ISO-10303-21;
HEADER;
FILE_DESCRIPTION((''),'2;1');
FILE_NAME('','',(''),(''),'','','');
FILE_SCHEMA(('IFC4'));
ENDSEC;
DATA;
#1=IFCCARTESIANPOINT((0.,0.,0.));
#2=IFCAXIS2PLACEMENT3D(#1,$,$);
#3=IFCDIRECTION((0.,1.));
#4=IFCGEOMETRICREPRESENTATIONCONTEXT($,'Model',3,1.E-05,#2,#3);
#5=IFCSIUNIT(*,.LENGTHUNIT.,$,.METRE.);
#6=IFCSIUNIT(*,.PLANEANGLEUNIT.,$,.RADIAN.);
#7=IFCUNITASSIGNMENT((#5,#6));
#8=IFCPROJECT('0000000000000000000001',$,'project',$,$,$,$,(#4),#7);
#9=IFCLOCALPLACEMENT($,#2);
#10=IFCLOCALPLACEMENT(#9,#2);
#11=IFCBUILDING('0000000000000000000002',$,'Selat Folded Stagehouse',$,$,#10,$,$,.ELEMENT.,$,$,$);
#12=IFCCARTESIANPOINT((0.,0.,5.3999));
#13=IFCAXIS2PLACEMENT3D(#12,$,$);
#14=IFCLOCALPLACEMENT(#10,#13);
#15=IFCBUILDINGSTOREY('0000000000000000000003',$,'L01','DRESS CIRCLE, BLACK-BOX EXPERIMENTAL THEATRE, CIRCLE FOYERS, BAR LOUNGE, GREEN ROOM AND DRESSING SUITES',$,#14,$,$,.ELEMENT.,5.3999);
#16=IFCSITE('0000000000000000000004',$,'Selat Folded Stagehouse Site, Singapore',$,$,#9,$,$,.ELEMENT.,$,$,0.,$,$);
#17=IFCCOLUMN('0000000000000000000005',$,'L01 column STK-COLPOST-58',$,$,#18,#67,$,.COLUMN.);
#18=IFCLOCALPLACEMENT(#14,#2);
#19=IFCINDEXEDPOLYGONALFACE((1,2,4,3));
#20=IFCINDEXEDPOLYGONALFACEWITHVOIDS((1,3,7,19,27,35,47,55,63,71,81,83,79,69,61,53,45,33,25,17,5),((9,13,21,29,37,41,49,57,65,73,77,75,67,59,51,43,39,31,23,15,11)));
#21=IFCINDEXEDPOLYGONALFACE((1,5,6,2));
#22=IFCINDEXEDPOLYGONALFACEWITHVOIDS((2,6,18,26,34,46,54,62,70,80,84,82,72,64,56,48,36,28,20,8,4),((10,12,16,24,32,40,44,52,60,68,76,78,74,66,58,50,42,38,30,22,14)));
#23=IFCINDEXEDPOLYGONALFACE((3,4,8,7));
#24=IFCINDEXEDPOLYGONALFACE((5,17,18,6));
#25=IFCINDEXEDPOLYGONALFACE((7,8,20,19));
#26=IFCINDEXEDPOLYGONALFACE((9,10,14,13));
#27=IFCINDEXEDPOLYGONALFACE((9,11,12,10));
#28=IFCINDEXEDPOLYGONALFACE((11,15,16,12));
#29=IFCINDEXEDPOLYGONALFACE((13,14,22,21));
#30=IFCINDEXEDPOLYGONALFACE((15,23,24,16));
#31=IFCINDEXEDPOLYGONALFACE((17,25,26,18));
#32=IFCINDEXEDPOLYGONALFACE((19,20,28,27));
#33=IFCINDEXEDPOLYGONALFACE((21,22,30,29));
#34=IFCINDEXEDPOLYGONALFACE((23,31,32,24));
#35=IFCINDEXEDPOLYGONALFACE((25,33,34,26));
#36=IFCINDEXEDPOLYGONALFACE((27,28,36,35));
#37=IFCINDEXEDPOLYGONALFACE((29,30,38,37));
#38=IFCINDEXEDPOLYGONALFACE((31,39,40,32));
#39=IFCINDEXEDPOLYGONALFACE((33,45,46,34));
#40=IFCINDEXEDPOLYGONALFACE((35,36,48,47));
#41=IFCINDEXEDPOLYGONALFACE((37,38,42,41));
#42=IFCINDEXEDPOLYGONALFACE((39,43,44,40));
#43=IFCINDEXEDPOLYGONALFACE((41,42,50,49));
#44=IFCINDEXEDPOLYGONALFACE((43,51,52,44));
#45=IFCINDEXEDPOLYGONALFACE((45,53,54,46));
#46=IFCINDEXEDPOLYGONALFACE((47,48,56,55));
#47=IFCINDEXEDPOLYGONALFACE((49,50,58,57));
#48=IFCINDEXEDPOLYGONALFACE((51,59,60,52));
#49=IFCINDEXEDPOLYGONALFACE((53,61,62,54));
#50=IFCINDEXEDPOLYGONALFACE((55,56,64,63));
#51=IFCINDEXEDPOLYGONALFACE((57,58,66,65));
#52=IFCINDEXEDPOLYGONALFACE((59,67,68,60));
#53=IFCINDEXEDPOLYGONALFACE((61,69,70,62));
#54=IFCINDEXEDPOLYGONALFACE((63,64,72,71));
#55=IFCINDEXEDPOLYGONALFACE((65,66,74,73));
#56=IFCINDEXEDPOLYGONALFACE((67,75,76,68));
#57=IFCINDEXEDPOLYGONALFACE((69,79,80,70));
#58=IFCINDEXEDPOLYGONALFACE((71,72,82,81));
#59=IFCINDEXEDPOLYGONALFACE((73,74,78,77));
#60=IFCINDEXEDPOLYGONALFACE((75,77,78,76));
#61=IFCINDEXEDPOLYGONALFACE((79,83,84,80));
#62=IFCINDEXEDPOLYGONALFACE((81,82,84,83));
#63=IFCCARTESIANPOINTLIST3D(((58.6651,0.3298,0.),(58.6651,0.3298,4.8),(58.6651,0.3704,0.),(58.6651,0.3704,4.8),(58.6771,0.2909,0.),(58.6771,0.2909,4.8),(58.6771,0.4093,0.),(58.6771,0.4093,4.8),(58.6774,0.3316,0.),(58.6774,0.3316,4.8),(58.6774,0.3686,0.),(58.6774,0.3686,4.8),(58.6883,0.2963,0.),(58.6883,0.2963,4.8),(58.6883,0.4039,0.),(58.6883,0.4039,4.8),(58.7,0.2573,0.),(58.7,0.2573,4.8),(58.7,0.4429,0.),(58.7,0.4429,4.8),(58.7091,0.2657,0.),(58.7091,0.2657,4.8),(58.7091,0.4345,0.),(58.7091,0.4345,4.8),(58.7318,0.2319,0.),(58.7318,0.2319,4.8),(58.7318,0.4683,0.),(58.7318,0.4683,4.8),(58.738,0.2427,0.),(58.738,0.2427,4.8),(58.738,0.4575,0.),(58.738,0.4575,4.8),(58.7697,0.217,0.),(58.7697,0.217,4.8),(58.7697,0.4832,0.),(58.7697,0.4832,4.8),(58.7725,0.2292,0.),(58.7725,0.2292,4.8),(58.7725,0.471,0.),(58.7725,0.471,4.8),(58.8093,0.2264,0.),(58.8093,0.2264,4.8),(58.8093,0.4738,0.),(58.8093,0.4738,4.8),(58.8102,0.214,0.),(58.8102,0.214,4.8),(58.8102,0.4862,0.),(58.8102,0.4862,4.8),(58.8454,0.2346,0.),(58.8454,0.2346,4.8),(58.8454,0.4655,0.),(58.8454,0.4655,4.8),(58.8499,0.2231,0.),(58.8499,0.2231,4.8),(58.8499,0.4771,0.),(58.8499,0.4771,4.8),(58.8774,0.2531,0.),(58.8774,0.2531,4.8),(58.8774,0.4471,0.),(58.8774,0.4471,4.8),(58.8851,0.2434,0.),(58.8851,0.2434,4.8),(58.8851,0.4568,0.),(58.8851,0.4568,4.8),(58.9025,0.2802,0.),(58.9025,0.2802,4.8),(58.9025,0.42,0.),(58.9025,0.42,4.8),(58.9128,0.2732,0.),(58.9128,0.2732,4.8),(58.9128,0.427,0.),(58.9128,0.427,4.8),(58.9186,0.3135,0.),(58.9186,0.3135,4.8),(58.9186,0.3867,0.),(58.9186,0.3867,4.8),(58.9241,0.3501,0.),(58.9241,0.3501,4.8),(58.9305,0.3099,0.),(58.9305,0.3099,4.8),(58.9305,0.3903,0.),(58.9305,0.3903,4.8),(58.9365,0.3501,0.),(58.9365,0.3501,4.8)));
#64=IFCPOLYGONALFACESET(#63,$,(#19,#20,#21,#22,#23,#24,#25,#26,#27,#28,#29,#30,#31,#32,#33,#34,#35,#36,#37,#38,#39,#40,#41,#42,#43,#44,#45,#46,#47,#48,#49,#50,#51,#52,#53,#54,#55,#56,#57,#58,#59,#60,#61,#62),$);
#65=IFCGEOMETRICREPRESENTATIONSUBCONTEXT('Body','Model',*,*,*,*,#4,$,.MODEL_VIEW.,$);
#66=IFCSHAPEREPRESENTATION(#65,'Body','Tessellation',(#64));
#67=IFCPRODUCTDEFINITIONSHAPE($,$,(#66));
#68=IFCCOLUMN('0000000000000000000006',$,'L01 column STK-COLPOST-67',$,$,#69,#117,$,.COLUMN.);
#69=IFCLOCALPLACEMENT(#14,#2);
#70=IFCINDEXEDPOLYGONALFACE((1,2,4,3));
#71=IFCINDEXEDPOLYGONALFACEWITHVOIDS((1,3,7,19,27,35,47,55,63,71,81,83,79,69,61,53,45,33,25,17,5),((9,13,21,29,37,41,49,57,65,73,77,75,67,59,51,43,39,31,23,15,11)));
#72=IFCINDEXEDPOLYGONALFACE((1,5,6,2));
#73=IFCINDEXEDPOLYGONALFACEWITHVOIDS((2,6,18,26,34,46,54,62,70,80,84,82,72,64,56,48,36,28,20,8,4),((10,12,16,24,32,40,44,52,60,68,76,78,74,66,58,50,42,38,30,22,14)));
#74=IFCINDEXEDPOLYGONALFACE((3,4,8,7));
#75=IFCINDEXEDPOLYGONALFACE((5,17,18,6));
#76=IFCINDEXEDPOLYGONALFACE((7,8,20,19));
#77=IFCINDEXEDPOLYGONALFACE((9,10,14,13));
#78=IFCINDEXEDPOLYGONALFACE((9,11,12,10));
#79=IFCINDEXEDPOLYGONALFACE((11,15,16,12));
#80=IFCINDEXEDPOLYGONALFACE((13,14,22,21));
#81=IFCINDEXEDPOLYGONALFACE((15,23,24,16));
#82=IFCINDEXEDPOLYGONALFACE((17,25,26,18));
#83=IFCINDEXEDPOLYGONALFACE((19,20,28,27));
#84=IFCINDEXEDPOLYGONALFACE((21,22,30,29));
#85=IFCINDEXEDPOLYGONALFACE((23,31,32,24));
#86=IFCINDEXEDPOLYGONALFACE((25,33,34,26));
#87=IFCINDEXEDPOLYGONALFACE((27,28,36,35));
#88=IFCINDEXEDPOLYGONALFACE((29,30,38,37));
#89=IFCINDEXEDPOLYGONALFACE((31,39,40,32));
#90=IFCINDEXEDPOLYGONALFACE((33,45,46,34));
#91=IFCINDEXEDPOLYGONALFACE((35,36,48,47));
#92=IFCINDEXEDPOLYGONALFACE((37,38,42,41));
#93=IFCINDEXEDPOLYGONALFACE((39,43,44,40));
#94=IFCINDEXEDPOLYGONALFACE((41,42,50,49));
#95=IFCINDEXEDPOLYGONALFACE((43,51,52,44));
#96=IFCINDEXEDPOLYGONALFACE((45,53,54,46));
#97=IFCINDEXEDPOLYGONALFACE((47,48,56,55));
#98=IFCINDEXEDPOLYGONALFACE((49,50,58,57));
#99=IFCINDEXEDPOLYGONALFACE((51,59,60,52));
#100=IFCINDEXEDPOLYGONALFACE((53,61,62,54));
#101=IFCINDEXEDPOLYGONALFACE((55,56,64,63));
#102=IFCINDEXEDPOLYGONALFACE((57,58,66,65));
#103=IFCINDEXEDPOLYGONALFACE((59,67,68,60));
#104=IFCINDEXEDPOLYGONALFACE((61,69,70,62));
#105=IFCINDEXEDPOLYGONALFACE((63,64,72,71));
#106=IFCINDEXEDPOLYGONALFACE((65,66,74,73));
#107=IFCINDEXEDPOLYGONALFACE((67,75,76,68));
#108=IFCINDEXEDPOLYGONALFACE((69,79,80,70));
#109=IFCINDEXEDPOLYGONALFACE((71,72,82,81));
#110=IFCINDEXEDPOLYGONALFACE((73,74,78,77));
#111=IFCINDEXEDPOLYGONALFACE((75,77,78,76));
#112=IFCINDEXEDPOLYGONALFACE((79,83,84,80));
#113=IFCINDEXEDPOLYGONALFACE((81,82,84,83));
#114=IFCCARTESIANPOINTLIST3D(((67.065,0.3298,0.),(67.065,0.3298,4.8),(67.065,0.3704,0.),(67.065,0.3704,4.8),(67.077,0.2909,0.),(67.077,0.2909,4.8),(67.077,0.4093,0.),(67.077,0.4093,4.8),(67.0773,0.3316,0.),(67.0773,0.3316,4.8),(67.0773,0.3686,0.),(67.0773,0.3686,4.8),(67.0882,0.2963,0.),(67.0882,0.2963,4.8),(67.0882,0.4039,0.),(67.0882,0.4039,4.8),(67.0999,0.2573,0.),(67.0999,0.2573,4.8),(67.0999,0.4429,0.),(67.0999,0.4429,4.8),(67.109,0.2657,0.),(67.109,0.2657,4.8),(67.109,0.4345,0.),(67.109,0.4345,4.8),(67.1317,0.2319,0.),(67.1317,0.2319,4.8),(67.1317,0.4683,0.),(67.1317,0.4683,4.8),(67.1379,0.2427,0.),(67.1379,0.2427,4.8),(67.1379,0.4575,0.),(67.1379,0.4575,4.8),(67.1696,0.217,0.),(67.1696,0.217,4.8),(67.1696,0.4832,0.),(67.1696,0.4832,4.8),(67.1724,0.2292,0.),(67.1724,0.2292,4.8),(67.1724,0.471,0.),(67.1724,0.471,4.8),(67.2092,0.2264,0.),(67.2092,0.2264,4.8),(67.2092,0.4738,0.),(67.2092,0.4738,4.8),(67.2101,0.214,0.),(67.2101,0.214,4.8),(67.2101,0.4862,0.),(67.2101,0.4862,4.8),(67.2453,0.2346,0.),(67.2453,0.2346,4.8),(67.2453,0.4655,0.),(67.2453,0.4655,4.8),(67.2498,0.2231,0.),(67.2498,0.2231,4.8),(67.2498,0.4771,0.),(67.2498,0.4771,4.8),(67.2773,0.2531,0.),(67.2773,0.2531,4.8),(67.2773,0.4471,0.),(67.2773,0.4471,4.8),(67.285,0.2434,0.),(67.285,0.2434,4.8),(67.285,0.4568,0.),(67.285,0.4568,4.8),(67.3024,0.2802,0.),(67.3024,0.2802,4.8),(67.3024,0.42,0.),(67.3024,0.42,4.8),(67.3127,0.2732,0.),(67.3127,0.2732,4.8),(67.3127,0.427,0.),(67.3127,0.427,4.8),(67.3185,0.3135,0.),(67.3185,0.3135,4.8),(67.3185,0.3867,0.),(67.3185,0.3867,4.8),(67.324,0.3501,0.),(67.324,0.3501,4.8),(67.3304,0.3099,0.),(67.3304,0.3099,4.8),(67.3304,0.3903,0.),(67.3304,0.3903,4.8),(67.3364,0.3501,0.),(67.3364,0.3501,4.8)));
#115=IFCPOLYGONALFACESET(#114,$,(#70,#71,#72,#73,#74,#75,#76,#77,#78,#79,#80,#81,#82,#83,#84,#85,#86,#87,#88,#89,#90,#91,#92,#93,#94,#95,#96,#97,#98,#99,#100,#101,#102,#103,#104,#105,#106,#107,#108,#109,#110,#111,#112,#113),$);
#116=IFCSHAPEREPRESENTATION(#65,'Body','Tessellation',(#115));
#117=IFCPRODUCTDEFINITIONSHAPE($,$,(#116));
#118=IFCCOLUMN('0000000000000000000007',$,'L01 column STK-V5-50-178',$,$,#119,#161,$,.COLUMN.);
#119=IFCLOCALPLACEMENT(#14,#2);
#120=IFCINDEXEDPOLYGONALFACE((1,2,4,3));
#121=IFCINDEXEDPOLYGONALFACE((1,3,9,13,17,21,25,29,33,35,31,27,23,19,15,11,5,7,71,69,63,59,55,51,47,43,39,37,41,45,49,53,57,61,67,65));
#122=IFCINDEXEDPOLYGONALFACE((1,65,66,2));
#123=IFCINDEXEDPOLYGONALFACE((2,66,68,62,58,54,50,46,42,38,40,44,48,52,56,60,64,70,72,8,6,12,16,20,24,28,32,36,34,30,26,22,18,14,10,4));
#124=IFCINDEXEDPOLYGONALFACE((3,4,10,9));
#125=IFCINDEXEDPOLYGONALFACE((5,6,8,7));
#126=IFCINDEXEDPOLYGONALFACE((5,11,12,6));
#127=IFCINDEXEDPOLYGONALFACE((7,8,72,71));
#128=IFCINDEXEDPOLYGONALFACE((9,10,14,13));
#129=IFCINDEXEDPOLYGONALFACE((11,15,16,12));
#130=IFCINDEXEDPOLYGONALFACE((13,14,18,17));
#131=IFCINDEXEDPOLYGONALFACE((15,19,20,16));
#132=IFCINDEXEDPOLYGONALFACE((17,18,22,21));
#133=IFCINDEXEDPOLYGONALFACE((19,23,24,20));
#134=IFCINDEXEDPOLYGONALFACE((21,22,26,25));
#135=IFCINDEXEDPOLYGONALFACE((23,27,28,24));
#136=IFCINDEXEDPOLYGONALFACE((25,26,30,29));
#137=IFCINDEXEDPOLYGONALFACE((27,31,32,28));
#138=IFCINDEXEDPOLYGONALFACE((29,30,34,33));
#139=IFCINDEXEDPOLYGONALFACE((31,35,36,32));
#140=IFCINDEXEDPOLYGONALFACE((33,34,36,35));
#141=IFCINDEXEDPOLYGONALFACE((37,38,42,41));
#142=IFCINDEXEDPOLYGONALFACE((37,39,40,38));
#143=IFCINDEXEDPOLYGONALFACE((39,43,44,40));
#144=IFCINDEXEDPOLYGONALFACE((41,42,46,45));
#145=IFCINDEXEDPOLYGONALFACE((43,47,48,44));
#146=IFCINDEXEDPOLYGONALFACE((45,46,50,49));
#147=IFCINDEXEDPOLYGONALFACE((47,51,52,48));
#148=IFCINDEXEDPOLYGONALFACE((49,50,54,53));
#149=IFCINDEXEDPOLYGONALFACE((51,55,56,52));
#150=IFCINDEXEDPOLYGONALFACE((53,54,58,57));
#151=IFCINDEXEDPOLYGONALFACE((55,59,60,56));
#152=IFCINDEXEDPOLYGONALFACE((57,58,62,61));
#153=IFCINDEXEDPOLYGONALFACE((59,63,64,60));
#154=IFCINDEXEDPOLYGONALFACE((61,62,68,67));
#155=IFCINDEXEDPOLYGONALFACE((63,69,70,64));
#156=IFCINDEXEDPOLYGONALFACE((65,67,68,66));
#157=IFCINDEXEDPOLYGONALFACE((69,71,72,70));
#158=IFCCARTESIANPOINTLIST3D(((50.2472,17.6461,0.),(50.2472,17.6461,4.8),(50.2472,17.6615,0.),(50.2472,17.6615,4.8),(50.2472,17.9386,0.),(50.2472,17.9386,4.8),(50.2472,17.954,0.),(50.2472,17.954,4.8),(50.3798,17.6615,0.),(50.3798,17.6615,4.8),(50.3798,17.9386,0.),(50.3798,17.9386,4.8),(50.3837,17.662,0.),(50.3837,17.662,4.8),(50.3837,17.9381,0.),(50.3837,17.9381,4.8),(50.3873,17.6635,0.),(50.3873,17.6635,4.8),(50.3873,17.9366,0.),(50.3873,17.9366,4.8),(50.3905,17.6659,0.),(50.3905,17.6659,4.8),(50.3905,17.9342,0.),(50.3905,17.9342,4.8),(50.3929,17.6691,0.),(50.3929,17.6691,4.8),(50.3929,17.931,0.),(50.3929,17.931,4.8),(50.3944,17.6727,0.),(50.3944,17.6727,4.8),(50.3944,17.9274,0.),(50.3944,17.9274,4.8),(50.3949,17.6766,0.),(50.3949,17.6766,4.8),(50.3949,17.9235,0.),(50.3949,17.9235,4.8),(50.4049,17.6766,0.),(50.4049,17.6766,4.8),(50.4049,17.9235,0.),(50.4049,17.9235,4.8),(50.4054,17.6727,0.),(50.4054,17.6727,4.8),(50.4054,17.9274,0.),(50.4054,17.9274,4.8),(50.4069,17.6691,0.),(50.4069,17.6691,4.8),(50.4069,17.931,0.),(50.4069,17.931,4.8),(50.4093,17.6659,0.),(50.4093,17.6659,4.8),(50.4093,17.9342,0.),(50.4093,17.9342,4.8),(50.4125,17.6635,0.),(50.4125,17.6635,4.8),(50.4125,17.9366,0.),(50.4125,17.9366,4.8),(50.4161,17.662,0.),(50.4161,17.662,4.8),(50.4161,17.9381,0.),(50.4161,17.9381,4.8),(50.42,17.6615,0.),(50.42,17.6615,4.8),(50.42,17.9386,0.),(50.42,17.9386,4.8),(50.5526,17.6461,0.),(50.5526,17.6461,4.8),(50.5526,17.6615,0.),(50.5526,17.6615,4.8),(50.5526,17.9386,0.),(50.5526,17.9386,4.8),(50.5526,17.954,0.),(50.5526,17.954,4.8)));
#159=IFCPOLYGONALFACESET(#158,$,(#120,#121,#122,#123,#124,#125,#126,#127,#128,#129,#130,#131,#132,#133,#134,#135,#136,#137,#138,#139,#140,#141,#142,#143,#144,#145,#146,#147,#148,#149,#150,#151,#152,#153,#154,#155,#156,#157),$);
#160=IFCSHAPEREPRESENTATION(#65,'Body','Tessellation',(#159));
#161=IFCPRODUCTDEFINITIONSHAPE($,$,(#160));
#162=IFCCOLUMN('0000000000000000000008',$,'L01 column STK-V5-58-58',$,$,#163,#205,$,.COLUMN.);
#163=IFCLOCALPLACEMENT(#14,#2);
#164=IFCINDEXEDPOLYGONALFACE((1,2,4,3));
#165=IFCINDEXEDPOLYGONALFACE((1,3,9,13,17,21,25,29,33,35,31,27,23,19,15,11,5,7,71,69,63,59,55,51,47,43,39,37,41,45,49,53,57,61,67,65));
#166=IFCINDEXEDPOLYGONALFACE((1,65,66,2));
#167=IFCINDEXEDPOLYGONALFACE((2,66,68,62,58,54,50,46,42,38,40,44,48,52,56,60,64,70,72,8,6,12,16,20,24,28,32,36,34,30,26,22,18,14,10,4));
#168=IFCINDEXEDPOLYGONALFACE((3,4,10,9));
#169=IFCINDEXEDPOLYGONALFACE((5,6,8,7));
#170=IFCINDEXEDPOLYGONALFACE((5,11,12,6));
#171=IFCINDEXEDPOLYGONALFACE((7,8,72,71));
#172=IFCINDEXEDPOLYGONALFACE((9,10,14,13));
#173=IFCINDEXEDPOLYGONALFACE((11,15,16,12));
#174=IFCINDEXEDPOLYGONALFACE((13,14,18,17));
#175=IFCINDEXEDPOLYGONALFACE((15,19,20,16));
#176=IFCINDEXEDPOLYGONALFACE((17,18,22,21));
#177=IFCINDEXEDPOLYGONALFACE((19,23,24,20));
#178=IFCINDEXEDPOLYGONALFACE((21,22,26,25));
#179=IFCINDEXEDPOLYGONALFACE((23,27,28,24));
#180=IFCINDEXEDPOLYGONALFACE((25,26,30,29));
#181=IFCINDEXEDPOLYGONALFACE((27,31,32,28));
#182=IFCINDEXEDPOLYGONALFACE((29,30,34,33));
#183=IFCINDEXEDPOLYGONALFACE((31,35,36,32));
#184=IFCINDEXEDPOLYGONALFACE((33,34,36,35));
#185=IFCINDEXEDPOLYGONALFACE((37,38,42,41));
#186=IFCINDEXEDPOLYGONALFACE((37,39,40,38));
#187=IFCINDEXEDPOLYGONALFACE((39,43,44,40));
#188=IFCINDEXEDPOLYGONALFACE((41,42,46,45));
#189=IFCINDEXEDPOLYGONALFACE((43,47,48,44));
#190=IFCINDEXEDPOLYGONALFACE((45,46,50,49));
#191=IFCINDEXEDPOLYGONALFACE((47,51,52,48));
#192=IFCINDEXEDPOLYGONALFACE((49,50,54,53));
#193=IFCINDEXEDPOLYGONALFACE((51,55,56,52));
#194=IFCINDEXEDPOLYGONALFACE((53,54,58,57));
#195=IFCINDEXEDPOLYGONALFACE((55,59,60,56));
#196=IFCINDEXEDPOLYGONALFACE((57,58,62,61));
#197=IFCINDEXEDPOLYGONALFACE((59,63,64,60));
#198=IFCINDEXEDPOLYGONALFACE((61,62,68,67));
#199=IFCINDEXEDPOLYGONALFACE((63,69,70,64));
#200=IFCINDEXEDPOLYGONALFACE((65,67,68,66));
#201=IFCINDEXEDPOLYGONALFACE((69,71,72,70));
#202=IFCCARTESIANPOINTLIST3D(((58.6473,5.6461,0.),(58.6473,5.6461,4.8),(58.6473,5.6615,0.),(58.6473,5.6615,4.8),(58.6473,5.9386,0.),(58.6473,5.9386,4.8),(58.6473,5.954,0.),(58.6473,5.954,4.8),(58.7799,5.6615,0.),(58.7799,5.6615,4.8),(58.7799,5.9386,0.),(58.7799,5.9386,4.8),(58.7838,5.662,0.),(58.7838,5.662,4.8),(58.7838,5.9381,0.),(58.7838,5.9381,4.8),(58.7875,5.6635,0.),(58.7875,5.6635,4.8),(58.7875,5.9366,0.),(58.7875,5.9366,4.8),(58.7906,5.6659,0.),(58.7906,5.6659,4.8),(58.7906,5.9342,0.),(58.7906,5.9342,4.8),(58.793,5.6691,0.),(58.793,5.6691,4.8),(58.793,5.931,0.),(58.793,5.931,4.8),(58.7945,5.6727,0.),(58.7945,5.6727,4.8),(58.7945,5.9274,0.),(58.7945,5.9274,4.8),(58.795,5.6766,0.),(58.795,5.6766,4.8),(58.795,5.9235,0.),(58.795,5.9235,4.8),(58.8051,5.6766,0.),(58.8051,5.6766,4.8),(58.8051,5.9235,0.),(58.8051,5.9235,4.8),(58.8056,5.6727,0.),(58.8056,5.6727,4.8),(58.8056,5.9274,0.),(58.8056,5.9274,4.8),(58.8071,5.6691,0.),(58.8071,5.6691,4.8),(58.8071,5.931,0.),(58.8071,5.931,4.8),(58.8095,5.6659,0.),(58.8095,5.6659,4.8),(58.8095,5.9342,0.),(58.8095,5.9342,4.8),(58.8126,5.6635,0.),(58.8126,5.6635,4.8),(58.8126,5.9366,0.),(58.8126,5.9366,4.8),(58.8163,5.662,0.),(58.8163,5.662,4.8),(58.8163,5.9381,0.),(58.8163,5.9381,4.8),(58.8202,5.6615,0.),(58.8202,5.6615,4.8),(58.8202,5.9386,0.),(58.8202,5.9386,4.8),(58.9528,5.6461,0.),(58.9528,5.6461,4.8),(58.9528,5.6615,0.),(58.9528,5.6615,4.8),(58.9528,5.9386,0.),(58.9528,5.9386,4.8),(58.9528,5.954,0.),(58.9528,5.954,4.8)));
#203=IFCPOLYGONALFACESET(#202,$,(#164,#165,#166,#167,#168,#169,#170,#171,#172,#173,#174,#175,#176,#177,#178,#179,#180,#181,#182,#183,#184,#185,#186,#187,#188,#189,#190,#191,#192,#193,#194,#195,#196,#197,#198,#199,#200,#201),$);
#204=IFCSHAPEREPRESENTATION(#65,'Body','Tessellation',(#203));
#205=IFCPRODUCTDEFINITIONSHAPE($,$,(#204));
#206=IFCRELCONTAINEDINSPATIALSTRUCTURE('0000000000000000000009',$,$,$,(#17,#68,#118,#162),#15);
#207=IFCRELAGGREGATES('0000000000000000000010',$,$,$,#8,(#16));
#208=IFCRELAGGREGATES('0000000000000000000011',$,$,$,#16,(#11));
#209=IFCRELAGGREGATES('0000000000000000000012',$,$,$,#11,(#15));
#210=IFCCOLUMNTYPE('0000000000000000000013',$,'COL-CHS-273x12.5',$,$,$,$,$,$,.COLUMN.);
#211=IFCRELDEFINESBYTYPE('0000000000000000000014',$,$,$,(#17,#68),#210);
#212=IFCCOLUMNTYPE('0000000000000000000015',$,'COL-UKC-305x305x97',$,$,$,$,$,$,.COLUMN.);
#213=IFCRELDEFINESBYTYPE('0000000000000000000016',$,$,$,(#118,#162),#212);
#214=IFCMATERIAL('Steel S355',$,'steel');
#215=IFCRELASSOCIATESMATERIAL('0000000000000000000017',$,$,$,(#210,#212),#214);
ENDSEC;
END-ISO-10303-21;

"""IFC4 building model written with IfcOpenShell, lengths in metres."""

from ifc_helpers import new_model, si_unit, direction, frame, origin, origin_2d, place, context, subcontext, project, spatial, hollow_circle, i_section, extrude, material, material_profile, profile_set, type_object, element, save


model = new_model("IFC4")

# Units and contexts
model_context = context("Model", 3, precision=1e-05, world=origin(), true_north=direction((0.0, 1.0)))
body_context = subcontext(model_context, "Body", "Model", "MODEL_VIEW")
ifc_project = project(units=[si_unit("LENGTHUNIT", "METRE"), si_unit("PLANEANGLEUNIT", "RADIAN")], contexts=[model_context])

# Site, building, storey
site_placement = place(None, origin())
site = spatial("IfcSite", under=ifc_project, at=site_placement, Name="Selat Folded Stagehouse Site, Singapore", CompositionType="ELEMENT", RefElevation=0.0)
building_placement = place(site_placement, origin())
building = spatial("IfcBuilding", under=site, at=building_placement, Name="Selat Folded Stagehouse", CompositionType="ELEMENT")
storey_placement = place(building_placement, frame((0.0, 0.0, 5.3999)))
storey = spatial("IfcBuildingStorey", under=building, at=storey_placement, Name="L01", Description="DRESS CIRCLE, BLACK-BOX EXPERIMENTAL THEATRE, CIRCLE FOYERS, BAR LOUNGE, GREEN ROOM AND DRESSING SUITES", CompositionType="ELEMENT", Elevation=5.3999)

# Columns
ifc_material_1 = material(Name="Steel S355", Category="steel")
ifc_material_profile_1 = material_profile(ifc_material_1, hollow_circle(Radius=0.1365, WallThickness=0.0125, at=origin_2d()), Name="CHS 273.0x12.5")
ifc_profile_set_1 = profile_set([ifc_material_profile_1], Name="Steel S355")
column_type_1 = type_object("IfcColumnType", Name="COL-CHS-273x12.5", PredefinedType="COLUMN", material=ifc_profile_set_1)
for number, where, z_axis, x_axis, name in (
    (1, (58.8, 0.3501, 0.0), (0.0, 0.0, 1.0), (1.0, 0.0, 0.0), "L01 column STK-COLPOST-58"),
    (2, (67.2, 0.3501, 0.0), (0.0, 0.0, 1.0), (1.0, 0.0, 0.0), "L01 column STK-COLPOST-67"),
):
    element("IfcColumn", number, at=place(storey_placement, frame(where, z_axis=z_axis, x_axis=x_axis)), inside=storey, type_object=column_type_1, Name=name, PredefinedType="COLUMN", context=body_context, shape_type="SweptSolid", body=[
        extrude(hollow_circle(Radius=0.1365, WallThickness=0.0125, at=origin_2d()), origin(), (0.0, 0.0, 1.0), 4.8),
    ])
ifc_material_profile_2 = material_profile(ifc_material_1, i_section(OverallWidth=0.3054, OverallDepth=0.3079, WebThickness=0.01, FlangeThickness=0.0154, FilletRadius=0.0151, at=origin_2d()), Name="UKC 305x305x97")
ifc_profile_set_2 = profile_set([ifc_material_profile_2], Name="Steel S355")
column_type_2 = type_object("IfcColumnType", Name="COL-UKC-305x305x97", PredefinedType="COLUMN", material=ifc_profile_set_2)
for number, where, z_axis, x_axis, name in (
    (3, (50.3999, 17.8, 0.0), (0.0, 0.0, 1.0), (1.0, 0.0, 0.0), "L01 column STK-V5-50-178"),
    (4, (58.8, 5.8, 0.0), (0.0, 0.0, 1.0), (1.0, 0.0, 0.0), "L01 column STK-V5-58-58"),
):
    element("IfcColumn", number, at=place(storey_placement, frame(where, z_axis=z_axis, x_axis=x_axis)), inside=storey, type_object=column_type_2, Name=name, PredefinedType="COLUMN", context=body_context, shape_type="SweptSolid", body=[
        extrude(i_section(OverallWidth=0.3054, OverallDepth=0.3079, WebThickness=0.01, FlangeThickness=0.0154, FilletRadius=0.0151, at=origin_2d()), origin(), (0.0, 0.0, 1.0), 4.8),
    ])

save(model, "model.ifc")
